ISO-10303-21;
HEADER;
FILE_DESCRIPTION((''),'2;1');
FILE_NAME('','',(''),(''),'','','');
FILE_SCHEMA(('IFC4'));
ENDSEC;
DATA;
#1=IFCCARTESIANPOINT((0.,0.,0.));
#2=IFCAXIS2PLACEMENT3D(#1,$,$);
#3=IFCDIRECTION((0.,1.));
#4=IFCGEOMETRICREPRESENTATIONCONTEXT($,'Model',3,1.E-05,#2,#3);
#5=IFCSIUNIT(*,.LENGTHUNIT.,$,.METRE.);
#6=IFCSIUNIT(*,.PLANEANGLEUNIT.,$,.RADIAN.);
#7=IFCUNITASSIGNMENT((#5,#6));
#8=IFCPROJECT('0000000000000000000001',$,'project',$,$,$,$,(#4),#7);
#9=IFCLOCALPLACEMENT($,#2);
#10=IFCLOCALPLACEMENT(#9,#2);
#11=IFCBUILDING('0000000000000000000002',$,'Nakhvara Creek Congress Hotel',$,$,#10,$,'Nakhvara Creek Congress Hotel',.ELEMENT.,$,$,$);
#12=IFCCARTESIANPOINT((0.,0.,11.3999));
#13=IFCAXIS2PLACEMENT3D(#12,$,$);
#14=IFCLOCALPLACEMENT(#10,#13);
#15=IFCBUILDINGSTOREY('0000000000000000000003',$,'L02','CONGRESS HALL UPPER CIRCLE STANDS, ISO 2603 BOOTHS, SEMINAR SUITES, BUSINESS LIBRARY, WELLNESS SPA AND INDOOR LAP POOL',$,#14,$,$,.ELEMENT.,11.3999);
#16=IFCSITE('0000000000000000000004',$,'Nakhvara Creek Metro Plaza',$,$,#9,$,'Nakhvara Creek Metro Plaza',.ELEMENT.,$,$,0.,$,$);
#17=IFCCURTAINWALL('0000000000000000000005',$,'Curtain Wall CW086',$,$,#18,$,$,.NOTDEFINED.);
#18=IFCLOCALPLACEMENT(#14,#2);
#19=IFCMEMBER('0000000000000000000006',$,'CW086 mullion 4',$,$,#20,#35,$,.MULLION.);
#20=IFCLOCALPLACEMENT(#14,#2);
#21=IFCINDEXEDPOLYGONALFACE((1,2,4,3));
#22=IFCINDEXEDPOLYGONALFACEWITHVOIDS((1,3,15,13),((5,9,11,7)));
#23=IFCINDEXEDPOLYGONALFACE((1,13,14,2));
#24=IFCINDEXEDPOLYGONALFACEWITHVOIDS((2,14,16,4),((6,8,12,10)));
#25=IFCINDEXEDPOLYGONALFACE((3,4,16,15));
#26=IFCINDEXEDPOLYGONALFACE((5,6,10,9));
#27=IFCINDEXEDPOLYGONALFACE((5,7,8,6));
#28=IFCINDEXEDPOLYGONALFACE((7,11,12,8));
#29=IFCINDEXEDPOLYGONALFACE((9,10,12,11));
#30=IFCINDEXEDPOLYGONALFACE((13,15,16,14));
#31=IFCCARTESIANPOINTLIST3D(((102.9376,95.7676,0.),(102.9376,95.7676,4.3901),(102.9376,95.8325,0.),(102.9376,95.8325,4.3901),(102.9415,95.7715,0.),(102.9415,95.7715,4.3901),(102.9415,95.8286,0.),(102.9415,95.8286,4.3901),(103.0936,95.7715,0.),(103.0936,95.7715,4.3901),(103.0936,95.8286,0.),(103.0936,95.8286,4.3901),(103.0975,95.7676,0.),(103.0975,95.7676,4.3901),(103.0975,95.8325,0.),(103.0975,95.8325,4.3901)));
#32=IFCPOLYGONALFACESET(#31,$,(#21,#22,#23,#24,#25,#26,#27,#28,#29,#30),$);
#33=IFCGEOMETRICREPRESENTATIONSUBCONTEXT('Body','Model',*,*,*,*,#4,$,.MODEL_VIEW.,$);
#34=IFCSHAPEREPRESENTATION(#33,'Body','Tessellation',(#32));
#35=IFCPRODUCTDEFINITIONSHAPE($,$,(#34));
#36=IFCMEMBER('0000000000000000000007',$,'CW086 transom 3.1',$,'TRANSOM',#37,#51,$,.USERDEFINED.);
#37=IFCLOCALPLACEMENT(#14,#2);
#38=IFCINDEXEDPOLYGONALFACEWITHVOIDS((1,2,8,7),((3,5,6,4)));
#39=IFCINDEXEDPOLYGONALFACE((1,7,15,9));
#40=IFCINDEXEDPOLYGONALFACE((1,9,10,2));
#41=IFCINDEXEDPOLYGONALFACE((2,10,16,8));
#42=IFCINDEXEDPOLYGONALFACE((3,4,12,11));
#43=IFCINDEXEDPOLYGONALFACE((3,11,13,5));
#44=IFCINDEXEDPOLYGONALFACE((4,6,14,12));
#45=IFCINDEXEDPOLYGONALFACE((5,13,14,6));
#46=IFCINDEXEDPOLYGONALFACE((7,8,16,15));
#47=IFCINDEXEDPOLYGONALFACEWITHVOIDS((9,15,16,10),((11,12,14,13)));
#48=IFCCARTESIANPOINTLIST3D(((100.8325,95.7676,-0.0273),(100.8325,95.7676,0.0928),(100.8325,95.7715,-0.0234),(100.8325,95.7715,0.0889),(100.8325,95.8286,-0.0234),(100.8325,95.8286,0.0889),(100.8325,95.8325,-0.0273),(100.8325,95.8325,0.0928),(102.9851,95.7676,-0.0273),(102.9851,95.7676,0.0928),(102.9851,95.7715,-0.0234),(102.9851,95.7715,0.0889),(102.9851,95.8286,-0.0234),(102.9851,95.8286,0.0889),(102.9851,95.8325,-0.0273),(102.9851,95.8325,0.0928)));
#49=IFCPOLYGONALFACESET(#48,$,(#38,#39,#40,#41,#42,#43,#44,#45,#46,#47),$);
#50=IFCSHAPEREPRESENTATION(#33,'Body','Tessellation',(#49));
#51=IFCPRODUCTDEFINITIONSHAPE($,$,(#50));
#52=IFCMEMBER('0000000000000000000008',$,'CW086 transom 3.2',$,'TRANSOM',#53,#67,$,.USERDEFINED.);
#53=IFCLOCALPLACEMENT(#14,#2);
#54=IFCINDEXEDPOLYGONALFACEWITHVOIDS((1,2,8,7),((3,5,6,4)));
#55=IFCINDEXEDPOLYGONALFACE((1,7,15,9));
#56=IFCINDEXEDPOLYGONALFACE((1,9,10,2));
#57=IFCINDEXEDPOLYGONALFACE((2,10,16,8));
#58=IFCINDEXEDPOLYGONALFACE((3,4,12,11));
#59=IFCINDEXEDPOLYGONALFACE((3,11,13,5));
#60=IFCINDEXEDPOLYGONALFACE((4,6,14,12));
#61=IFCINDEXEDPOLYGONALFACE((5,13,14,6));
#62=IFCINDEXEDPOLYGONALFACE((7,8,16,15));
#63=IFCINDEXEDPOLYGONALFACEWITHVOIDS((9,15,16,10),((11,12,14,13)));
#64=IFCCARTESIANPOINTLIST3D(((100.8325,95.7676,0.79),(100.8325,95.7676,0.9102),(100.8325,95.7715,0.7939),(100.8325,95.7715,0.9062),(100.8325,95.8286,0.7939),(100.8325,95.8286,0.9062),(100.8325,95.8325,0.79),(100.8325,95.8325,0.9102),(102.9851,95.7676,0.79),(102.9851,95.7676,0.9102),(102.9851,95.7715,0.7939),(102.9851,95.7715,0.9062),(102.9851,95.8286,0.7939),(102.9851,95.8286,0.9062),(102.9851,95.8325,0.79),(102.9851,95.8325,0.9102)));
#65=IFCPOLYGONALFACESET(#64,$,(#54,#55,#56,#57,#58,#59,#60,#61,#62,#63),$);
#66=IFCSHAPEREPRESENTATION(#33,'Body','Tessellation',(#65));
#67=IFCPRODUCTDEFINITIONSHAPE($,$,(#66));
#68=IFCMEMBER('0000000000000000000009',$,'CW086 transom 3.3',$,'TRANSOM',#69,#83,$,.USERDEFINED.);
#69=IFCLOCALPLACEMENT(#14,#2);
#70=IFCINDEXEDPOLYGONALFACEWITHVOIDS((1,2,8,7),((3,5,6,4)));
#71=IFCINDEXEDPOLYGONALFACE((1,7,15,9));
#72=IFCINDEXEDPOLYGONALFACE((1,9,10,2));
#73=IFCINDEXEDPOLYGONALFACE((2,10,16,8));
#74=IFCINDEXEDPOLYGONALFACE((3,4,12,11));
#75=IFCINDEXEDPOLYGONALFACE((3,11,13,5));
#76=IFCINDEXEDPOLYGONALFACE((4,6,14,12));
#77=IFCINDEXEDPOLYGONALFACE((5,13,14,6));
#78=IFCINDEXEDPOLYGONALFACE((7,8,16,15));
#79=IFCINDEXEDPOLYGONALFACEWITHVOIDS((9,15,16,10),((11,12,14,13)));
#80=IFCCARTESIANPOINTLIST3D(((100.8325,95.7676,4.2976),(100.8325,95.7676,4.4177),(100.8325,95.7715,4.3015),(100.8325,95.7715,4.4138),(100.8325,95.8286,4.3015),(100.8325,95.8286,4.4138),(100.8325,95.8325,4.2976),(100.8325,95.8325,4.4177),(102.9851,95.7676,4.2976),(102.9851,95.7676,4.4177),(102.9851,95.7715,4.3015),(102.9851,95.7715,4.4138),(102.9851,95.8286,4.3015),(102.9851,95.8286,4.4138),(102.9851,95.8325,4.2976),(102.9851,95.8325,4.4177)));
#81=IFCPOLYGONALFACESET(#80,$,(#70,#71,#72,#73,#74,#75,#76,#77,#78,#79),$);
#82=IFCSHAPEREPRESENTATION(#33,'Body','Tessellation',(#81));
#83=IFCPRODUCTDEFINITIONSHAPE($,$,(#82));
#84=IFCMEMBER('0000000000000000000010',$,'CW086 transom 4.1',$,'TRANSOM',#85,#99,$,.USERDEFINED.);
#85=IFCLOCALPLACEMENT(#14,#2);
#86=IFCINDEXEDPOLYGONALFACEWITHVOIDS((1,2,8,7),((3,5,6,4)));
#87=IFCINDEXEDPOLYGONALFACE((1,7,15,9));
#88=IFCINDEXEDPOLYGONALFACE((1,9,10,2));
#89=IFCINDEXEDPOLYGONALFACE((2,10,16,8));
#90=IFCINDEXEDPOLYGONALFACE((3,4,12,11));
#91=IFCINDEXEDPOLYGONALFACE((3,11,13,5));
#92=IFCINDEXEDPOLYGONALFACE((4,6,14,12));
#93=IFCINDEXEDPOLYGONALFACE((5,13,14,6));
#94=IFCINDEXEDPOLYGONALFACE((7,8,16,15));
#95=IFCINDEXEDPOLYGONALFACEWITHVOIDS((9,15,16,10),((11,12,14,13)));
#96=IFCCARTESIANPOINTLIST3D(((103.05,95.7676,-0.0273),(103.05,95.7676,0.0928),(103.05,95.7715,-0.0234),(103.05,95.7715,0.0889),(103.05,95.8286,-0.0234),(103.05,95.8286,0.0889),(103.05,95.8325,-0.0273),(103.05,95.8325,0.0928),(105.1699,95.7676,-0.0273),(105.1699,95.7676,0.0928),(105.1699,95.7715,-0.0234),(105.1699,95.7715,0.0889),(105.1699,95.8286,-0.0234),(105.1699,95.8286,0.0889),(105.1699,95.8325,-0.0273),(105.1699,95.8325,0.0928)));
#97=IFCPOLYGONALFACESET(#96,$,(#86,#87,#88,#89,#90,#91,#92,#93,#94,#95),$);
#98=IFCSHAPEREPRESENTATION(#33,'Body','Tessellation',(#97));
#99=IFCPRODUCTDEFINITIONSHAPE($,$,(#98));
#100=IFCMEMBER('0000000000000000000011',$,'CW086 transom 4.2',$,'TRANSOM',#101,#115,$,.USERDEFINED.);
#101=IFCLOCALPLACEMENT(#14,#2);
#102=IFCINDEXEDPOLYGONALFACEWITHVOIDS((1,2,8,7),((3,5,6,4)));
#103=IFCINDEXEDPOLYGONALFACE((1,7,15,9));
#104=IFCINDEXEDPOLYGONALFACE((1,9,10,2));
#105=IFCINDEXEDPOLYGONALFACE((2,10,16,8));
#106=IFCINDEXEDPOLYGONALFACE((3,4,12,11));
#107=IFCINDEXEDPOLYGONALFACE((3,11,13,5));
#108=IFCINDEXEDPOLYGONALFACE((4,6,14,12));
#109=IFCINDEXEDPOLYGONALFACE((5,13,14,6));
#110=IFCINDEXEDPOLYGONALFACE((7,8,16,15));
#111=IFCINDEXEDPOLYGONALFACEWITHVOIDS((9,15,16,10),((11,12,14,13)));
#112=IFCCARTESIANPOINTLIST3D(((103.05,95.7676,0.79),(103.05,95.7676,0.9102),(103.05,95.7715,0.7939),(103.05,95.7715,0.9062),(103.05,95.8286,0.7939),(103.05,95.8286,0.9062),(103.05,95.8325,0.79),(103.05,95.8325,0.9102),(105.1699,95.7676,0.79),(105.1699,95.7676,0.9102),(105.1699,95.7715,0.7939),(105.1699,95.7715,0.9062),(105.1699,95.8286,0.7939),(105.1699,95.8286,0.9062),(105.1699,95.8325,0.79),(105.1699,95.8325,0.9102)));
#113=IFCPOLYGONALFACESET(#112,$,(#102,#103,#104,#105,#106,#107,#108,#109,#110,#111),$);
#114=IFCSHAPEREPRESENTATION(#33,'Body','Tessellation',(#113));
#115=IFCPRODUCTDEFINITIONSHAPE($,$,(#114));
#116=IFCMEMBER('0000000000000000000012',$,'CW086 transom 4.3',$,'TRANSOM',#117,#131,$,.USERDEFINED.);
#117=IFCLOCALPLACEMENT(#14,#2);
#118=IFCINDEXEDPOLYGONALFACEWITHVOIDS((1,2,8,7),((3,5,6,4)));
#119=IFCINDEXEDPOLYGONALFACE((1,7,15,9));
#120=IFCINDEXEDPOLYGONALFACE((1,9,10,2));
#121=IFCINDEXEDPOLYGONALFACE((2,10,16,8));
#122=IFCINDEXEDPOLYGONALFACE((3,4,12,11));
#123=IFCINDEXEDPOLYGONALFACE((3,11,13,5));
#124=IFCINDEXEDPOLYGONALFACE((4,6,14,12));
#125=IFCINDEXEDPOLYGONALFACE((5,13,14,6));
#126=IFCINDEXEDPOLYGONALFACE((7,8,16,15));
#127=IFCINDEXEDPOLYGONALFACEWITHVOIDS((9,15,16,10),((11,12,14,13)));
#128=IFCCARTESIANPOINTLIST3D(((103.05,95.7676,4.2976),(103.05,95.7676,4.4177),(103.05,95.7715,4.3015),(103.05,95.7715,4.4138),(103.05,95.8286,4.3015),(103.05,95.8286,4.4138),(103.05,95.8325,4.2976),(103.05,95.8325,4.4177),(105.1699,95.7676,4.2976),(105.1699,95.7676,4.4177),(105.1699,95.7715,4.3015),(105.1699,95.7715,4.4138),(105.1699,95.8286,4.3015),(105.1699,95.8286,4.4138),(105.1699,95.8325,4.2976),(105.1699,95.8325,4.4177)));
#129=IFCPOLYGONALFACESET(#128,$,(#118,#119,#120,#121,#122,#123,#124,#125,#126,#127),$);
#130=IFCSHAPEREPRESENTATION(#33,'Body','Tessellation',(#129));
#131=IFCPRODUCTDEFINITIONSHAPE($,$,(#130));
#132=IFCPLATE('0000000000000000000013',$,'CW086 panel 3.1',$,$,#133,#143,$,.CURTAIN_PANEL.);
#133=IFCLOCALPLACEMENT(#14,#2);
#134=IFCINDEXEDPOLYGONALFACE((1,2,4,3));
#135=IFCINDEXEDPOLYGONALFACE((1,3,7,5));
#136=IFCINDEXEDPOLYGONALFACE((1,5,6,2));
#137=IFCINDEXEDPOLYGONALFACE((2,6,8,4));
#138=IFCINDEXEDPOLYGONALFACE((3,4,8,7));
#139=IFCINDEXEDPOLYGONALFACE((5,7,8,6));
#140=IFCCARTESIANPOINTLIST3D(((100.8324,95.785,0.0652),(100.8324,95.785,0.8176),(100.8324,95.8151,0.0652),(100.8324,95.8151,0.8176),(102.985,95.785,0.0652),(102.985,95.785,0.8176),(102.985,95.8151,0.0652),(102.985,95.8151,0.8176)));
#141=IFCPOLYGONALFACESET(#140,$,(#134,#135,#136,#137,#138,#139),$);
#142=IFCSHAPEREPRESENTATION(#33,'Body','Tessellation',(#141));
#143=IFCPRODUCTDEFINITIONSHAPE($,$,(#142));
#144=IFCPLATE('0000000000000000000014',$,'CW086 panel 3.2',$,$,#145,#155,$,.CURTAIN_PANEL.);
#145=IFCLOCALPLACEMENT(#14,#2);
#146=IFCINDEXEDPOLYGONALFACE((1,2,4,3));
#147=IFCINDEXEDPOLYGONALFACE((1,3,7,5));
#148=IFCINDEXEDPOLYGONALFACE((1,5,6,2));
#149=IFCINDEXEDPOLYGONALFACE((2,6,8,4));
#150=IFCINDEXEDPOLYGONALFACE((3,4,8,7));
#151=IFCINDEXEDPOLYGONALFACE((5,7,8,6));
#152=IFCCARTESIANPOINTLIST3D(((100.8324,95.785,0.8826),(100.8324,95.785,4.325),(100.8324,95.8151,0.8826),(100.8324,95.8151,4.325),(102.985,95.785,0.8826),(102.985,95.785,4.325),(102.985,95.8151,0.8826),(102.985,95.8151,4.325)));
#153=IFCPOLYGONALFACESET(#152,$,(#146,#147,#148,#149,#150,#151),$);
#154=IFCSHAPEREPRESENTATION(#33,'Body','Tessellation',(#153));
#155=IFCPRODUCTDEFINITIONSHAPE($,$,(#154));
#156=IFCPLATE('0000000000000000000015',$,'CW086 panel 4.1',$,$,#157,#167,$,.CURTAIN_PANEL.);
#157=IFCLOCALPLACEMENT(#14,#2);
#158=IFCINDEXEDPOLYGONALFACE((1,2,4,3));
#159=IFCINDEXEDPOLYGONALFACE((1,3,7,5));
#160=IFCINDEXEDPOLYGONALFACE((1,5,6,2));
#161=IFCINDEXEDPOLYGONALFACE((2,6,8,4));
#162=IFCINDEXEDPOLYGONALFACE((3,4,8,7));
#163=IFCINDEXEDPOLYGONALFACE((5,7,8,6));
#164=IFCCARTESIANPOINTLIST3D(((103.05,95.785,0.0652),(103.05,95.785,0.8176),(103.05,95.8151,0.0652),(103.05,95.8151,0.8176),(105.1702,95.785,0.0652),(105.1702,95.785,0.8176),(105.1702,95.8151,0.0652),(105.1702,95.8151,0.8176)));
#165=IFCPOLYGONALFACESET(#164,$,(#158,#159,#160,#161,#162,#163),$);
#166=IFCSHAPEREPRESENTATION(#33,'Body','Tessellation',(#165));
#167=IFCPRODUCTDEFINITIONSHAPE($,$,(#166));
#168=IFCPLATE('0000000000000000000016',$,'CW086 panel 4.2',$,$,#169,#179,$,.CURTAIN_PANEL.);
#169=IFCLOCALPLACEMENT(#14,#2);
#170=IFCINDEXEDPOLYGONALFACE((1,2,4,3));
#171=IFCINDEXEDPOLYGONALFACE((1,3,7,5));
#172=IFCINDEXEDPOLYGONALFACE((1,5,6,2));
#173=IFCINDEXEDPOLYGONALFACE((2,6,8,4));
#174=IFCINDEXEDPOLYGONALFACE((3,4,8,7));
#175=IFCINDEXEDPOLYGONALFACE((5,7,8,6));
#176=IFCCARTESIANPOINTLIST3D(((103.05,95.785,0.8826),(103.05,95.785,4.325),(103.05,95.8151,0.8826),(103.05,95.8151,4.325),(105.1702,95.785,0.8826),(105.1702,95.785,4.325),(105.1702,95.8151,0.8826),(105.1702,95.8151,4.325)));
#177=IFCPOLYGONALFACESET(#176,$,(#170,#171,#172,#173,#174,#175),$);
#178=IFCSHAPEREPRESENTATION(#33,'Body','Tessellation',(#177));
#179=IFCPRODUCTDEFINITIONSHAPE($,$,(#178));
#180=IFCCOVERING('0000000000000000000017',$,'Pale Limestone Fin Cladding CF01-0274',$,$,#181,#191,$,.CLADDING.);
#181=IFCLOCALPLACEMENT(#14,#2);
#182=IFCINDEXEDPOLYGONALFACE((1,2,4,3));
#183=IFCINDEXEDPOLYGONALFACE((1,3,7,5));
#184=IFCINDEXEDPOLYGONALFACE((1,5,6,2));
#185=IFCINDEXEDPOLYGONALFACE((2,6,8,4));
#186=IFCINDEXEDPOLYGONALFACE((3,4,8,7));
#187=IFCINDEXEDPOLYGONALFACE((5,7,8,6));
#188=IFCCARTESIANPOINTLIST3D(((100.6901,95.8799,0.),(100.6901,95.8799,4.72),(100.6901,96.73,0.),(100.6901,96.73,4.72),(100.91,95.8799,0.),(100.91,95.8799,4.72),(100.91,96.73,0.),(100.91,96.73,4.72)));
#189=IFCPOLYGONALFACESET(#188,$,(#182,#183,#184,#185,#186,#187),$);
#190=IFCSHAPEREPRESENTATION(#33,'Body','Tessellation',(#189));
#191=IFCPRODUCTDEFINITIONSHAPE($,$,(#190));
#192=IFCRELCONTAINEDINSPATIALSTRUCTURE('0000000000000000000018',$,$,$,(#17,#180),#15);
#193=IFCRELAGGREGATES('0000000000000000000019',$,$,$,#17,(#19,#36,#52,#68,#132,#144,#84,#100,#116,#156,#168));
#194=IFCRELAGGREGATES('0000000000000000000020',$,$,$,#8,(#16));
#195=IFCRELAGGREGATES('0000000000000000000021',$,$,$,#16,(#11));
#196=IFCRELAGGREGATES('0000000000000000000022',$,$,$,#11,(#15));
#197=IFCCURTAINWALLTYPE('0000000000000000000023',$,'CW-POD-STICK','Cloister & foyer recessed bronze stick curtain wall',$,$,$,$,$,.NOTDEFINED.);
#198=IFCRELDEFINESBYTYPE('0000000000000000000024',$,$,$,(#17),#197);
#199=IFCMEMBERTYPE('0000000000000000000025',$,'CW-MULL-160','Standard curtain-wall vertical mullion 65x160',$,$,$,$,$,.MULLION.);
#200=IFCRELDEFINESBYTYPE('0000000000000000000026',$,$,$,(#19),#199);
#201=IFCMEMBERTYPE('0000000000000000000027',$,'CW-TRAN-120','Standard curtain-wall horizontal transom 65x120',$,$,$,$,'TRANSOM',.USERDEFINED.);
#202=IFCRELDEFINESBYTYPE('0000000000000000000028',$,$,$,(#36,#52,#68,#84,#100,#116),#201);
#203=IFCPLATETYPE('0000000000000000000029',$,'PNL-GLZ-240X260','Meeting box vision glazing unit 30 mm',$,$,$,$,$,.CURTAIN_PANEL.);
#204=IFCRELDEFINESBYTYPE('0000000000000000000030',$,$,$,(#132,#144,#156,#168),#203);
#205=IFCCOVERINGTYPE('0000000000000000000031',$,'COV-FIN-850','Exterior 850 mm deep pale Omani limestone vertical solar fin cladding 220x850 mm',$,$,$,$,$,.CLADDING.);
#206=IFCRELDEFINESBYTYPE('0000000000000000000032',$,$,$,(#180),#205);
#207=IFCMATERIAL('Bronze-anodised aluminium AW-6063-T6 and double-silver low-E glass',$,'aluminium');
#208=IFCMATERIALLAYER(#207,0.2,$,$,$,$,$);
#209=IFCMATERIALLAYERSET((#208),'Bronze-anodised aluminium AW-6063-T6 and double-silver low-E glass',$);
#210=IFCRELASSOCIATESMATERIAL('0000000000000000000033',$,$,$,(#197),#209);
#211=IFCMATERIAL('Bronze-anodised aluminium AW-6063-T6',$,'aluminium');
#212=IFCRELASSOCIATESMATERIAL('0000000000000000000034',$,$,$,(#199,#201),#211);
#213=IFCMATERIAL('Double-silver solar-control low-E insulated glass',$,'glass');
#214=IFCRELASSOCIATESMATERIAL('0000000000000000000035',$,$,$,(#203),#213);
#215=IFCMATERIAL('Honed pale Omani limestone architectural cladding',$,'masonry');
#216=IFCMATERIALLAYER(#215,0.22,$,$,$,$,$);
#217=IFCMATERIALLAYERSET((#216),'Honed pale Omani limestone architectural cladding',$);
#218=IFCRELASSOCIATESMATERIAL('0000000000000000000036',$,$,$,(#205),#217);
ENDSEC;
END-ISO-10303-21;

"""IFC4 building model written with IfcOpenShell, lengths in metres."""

from ifc_helpers import new_model, si_unit, direction, frame, origin, origin_2d, place, context, subcontext, project, spatial, rectangle, hollow_rectangle, extrude, material, layer, layer_set, material_profile, profile_set, type_object, element, aggregate, save


model = new_model("IFC4")

# Units and contexts
model_context = context("Model", 3, precision=1e-05, world=origin(), true_north=direction((0.0, 1.0)))
body_context = subcontext(model_context, "Body", "Model", "MODEL_VIEW")
ifc_project = project(units=[si_unit("LENGTHUNIT", "METRE"), si_unit("PLANEANGLEUNIT", "RADIAN")], contexts=[model_context])

# Site, building, storey
site_placement = place(None, origin())
site = spatial("IfcSite", under=ifc_project, at=site_placement, Name="Nakhvara Creek Metro Plaza", LongName="Nakhvara Creek Metro Plaza", CompositionType="ELEMENT", RefElevation=0.0)
building_placement = place(site_placement, origin())
building = spatial("IfcBuilding", under=site, at=building_placement, Name="Nakhvara Creek Congress Hotel", LongName="Nakhvara Creek Congress Hotel", CompositionType="ELEMENT")
storey_placement = place(building_placement, frame((0.0, 0.0, 11.3999)))
storey = spatial("IfcBuildingStorey", under=building, at=storey_placement, Name="L02", Description="CONGRESS HALL UPPER CIRCLE STANDS, ISO 2603 BOOTHS, SEMINAR SUITES, BUSINESS LIBRARY, WELLNESS SPA AND INDOOR LAP POOL", CompositionType="ELEMENT", Elevation=11.3999)

# Curtain wall, members, plates
ifc_material_1 = material(Name="Bronze-anodised aluminium AW-6063-T6 and double-silver low-E glass", Category="aluminium")
ifc_layer_1 = layer(ifc_material_1, 0.2)
ifc_layer_set_1 = layer_set([ifc_layer_1], Name="Bronze-anodised aluminium AW-6063-T6 and double-silver low-E glass")
curtain_wall_type = type_object("IfcCurtainWallType", Name="CW-POD-STICK", Description="Cloister & foyer recessed bronze stick curtain wall", PredefinedType="NOTDEFINED", material=ifc_layer_set_1)
curtain_wall_placement = place(storey_placement, origin())
curtain_wall = element("IfcCurtainWall", 1, at=curtain_wall_placement, inside=storey, type_object=curtain_wall_type, Name="Curtain Wall CW086", PredefinedType="NOTDEFINED")
ifc_material_2 = material(Name="Bronze-anodised aluminium AW-6063-T6", Category="aluminium")
ifc_material_profile_1 = material_profile(ifc_material_2, hollow_rectangle(XDim=0.0649, YDim=0.1599, WallThickness=0.0039, at=origin_2d()), Name="ALU-MULL 65x160x4", Category="LoadBearing")
ifc_profile_set_1 = profile_set([ifc_material_profile_1], Name="Bronze-anodised aluminium AW-6063-T6")
member_type_1 = type_object("IfcMemberType", Name="CW-MULL-160", Description="Standard curtain-wall vertical mullion 65x160", PredefinedType="MULLION", material=ifc_profile_set_1)
member_1_placement = place(storey_placement, frame((103.0176, 95.8, 0.0), z_axis=(0.0, 0.0, 1.0), x_axis=(0.0, 1.0, 0.0)))
member_1 = element("IfcMember", 2, at=member_1_placement, type_object=member_type_1, Name="CW086 mullion 4", PredefinedType="MULLION", context=body_context, shape_type="SweptSolid", body=[
    extrude(hollow_rectangle(XDim=0.0649, YDim=0.1599, WallThickness=0.0039, at=origin_2d()), origin(), (0.0, 0.0, 1.0), 4.3901),
])
ifc_material_profile_2 = material_profile(ifc_material_2, hollow_rectangle(XDim=0.0649, YDim=0.1201, WallThickness=0.0039, at=origin_2d()), Name="ALU-TRAN 65x120x4", Category="LoadBearing")
ifc_profile_set_2 = profile_set([ifc_material_profile_2], Name="Bronze-anodised aluminium AW-6063-T6")
member_type_2 = type_object("IfcMemberType", Name="CW-TRAN-120", Description="Standard curtain-wall horizontal transom 65x120", ElementType="TRANSOM", PredefinedType="USERDEFINED", material=ifc_profile_set_2)
member_2_placement = place(storey_placement, frame((100.8325, 95.8, 0.0327), z_axis=(1.0, 0.0, 0.0), x_axis=(0.0, 1.0, 0.0)))
member_2 = element("IfcMember", 3, at=member_2_placement, type_object=member_type_2, Name="CW086 transom 3.1", ObjectType="TRANSOM", PredefinedType="USERDEFINED", context=body_context, shape_type="SweptSolid", body=[
    extrude(hollow_rectangle(XDim=0.0649, YDim=0.1201, WallThickness=0.0039, at=origin_2d()), origin(), (0.0, 0.0, 1.0), 2.1526),
])
member_3_placement = place(storey_placement, frame((100.8325, 95.8, 0.8501), z_axis=(1.0, 0.0, 0.0), x_axis=(0.0, 1.0, 0.0)))
member_3 = element("IfcMember", 4, at=member_3_placement, type_object=member_type_2, Name="CW086 transom 3.2", ObjectType="TRANSOM", PredefinedType="USERDEFINED", context=body_context, shape_type="SweptSolid", body=[
    extrude(hollow_rectangle(XDim=0.0649, YDim=0.1201, WallThickness=0.0039, at=origin_2d()), origin(), (0.0, 0.0, 1.0), 2.1526),
])
member_4_placement = place(storey_placement, frame((100.8325, 95.8, 4.3577), z_axis=(1.0, 0.0, 0.0), x_axis=(0.0, 1.0, 0.0)))
member_4 = element("IfcMember", 5, at=member_4_placement, type_object=member_type_2, Name="CW086 transom 3.3", ObjectType="TRANSOM", PredefinedType="USERDEFINED", context=body_context, shape_type="SweptSolid", body=[
    extrude(hollow_rectangle(XDim=0.0649, YDim=0.1201, WallThickness=0.0039, at=origin_2d()), origin(), (0.0, 0.0, 1.0), 2.1526),
])
member_5_placement = place(storey_placement, frame((103.05, 95.8, 0.0327), z_axis=(1.0, 0.0, 0.0), x_axis=(0.0, 1.0, 0.0)))
member_5 = element("IfcMember", 6, at=member_5_placement, type_object=member_type_2, Name="CW086 transom 4.1", ObjectType="TRANSOM", PredefinedType="USERDEFINED", context=body_context, shape_type="SweptSolid", body=[
    extrude(hollow_rectangle(XDim=0.0649, YDim=0.1201, WallThickness=0.0039, at=origin_2d()), origin(), (0.0, 0.0, 1.0), 2.1199),
])
member_6_placement = place(storey_placement, frame((103.05, 95.8, 0.8501), z_axis=(1.0, 0.0, 0.0), x_axis=(0.0, 1.0, 0.0)))
member_6 = element("IfcMember", 7, at=member_6_placement, type_object=member_type_2, Name="CW086 transom 4.2", ObjectType="TRANSOM", PredefinedType="USERDEFINED", context=body_context, shape_type="SweptSolid", body=[
    extrude(hollow_rectangle(XDim=0.0649, YDim=0.1201, WallThickness=0.0039, at=origin_2d()), origin(), (0.0, 0.0, 1.0), 2.1199),
])
member_7_placement = place(storey_placement, frame((103.05, 95.8, 4.3577), z_axis=(1.0, 0.0, 0.0), x_axis=(0.0, 1.0, 0.0)))
member_7 = element("IfcMember", 8, at=member_7_placement, type_object=member_type_2, Name="CW086 transom 4.3", ObjectType="TRANSOM", PredefinedType="USERDEFINED", context=body_context, shape_type="SweptSolid", body=[
    extrude(hollow_rectangle(XDim=0.0649, YDim=0.1201, WallThickness=0.0039, at=origin_2d()), origin(), (0.0, 0.0, 1.0), 2.1199),
])
ifc_material_3 = material(Name="Double-silver solar-control low-E insulated glass", Category="glass")
plate_type = type_object("IfcPlateType", Name="PNL-GLZ-240X260", Description="Meeting box vision glazing unit 30 mm", PredefinedType="CURTAIN_PANEL", material=ifc_material_3)
plate_1_placement = place(storey_placement, frame((101.9087, 95.8, 0.0652), z_axis=(0.0, 0.0, 1.0), x_axis=(1.0, 0.0, 0.0)))
plate_1 = element("IfcPlate", 9, at=plate_1_placement, type_object=plate_type, Name="CW086 panel 3.1", PredefinedType="CURTAIN_PANEL", context=body_context, shape_type="SweptSolid", body=[
    extrude(rectangle(XDim=2.1526, YDim=0.03, at=origin_2d()), origin(), (0.0, 0.0, 1.0), 0.7524),
])
plate_2_placement = place(storey_placement, frame((101.9087, 95.8, 0.8826), z_axis=(0.0, 0.0, 1.0), x_axis=(1.0, 0.0, 0.0)))
plate_2 = element("IfcPlate", 10, at=plate_2_placement, type_object=plate_type, Name="CW086 panel 3.2", PredefinedType="CURTAIN_PANEL", context=body_context, shape_type="SweptSolid", body=[
    extrude(rectangle(XDim=2.1526, YDim=0.03, at=origin_2d()), origin(), (0.0, 0.0, 1.0), 3.4424),
])
plate_3_placement = place(storey_placement, frame((104.1101, 95.8, 0.0652), z_axis=(0.0, 0.0, 1.0), x_axis=(1.0, 0.0, 0.0)))
plate_3 = element("IfcPlate", 11, at=plate_3_placement, type_object=plate_type, Name="CW086 panel 4.1", PredefinedType="CURTAIN_PANEL", context=body_context, shape_type="SweptSolid", body=[
    extrude(rectangle(XDim=2.1201, YDim=0.03, at=origin_2d()), origin(), (0.0, 0.0, 1.0), 0.7524),
])
plate_4_placement = place(storey_placement, frame((104.1101, 95.8, 0.8826), z_axis=(0.0, 0.0, 1.0), x_axis=(1.0, 0.0, 0.0)))
plate_4 = element("IfcPlate", 12, at=plate_4_placement, type_object=plate_type, Name="CW086 panel 4.2", PredefinedType="CURTAIN_PANEL", context=body_context, shape_type="SweptSolid", body=[
    extrude(rectangle(XDim=2.1201, YDim=0.03, at=origin_2d()), origin(), (0.0, 0.0, 1.0), 3.4424),
])
aggregate(curtain_wall, [member_1, member_2, member_3, member_4, plate_1, plate_2, member_5, member_6, member_7, plate_3, plate_4])

# Covering
ifc_material_4 = material(Name="Honed pale Omani limestone architectural cladding", Category="masonry")
ifc_layer_2 = layer(ifc_material_4, 0.22)
ifc_layer_set_2 = layer_set([ifc_layer_2], Name="Honed pale Omani limestone architectural cladding")
covering_type = type_object("IfcCoveringType", Name="COV-FIN-850", Description="Exterior 850 mm deep pale Omani limestone vertical solar fin cladding 220x850 mm", PredefinedType="CLADDING", material=ifc_layer_set_2)
for number, where, z_axis, x_axis, name in (
    (13, (100.8, 96.3049, 0.0), (0.0, 0.0, 1.0), (1.0, 0.0, 0.0), "Pale Limestone Fin Cladding CF01-0274"),
):
    element("IfcCovering", number, at=place(storey_placement, frame(where, z_axis=z_axis, x_axis=x_axis)), inside=storey, type_object=covering_type, Name=name, PredefinedType="CLADDING", context=body_context, shape_type="SweptSolid", body=[
        extrude(rectangle(XDim=0.22, YDim=0.8501, at=origin_2d()), origin(), (0.0, 0.0, 1.0), 4.72),
    ])

save(model, "model.ifc")
